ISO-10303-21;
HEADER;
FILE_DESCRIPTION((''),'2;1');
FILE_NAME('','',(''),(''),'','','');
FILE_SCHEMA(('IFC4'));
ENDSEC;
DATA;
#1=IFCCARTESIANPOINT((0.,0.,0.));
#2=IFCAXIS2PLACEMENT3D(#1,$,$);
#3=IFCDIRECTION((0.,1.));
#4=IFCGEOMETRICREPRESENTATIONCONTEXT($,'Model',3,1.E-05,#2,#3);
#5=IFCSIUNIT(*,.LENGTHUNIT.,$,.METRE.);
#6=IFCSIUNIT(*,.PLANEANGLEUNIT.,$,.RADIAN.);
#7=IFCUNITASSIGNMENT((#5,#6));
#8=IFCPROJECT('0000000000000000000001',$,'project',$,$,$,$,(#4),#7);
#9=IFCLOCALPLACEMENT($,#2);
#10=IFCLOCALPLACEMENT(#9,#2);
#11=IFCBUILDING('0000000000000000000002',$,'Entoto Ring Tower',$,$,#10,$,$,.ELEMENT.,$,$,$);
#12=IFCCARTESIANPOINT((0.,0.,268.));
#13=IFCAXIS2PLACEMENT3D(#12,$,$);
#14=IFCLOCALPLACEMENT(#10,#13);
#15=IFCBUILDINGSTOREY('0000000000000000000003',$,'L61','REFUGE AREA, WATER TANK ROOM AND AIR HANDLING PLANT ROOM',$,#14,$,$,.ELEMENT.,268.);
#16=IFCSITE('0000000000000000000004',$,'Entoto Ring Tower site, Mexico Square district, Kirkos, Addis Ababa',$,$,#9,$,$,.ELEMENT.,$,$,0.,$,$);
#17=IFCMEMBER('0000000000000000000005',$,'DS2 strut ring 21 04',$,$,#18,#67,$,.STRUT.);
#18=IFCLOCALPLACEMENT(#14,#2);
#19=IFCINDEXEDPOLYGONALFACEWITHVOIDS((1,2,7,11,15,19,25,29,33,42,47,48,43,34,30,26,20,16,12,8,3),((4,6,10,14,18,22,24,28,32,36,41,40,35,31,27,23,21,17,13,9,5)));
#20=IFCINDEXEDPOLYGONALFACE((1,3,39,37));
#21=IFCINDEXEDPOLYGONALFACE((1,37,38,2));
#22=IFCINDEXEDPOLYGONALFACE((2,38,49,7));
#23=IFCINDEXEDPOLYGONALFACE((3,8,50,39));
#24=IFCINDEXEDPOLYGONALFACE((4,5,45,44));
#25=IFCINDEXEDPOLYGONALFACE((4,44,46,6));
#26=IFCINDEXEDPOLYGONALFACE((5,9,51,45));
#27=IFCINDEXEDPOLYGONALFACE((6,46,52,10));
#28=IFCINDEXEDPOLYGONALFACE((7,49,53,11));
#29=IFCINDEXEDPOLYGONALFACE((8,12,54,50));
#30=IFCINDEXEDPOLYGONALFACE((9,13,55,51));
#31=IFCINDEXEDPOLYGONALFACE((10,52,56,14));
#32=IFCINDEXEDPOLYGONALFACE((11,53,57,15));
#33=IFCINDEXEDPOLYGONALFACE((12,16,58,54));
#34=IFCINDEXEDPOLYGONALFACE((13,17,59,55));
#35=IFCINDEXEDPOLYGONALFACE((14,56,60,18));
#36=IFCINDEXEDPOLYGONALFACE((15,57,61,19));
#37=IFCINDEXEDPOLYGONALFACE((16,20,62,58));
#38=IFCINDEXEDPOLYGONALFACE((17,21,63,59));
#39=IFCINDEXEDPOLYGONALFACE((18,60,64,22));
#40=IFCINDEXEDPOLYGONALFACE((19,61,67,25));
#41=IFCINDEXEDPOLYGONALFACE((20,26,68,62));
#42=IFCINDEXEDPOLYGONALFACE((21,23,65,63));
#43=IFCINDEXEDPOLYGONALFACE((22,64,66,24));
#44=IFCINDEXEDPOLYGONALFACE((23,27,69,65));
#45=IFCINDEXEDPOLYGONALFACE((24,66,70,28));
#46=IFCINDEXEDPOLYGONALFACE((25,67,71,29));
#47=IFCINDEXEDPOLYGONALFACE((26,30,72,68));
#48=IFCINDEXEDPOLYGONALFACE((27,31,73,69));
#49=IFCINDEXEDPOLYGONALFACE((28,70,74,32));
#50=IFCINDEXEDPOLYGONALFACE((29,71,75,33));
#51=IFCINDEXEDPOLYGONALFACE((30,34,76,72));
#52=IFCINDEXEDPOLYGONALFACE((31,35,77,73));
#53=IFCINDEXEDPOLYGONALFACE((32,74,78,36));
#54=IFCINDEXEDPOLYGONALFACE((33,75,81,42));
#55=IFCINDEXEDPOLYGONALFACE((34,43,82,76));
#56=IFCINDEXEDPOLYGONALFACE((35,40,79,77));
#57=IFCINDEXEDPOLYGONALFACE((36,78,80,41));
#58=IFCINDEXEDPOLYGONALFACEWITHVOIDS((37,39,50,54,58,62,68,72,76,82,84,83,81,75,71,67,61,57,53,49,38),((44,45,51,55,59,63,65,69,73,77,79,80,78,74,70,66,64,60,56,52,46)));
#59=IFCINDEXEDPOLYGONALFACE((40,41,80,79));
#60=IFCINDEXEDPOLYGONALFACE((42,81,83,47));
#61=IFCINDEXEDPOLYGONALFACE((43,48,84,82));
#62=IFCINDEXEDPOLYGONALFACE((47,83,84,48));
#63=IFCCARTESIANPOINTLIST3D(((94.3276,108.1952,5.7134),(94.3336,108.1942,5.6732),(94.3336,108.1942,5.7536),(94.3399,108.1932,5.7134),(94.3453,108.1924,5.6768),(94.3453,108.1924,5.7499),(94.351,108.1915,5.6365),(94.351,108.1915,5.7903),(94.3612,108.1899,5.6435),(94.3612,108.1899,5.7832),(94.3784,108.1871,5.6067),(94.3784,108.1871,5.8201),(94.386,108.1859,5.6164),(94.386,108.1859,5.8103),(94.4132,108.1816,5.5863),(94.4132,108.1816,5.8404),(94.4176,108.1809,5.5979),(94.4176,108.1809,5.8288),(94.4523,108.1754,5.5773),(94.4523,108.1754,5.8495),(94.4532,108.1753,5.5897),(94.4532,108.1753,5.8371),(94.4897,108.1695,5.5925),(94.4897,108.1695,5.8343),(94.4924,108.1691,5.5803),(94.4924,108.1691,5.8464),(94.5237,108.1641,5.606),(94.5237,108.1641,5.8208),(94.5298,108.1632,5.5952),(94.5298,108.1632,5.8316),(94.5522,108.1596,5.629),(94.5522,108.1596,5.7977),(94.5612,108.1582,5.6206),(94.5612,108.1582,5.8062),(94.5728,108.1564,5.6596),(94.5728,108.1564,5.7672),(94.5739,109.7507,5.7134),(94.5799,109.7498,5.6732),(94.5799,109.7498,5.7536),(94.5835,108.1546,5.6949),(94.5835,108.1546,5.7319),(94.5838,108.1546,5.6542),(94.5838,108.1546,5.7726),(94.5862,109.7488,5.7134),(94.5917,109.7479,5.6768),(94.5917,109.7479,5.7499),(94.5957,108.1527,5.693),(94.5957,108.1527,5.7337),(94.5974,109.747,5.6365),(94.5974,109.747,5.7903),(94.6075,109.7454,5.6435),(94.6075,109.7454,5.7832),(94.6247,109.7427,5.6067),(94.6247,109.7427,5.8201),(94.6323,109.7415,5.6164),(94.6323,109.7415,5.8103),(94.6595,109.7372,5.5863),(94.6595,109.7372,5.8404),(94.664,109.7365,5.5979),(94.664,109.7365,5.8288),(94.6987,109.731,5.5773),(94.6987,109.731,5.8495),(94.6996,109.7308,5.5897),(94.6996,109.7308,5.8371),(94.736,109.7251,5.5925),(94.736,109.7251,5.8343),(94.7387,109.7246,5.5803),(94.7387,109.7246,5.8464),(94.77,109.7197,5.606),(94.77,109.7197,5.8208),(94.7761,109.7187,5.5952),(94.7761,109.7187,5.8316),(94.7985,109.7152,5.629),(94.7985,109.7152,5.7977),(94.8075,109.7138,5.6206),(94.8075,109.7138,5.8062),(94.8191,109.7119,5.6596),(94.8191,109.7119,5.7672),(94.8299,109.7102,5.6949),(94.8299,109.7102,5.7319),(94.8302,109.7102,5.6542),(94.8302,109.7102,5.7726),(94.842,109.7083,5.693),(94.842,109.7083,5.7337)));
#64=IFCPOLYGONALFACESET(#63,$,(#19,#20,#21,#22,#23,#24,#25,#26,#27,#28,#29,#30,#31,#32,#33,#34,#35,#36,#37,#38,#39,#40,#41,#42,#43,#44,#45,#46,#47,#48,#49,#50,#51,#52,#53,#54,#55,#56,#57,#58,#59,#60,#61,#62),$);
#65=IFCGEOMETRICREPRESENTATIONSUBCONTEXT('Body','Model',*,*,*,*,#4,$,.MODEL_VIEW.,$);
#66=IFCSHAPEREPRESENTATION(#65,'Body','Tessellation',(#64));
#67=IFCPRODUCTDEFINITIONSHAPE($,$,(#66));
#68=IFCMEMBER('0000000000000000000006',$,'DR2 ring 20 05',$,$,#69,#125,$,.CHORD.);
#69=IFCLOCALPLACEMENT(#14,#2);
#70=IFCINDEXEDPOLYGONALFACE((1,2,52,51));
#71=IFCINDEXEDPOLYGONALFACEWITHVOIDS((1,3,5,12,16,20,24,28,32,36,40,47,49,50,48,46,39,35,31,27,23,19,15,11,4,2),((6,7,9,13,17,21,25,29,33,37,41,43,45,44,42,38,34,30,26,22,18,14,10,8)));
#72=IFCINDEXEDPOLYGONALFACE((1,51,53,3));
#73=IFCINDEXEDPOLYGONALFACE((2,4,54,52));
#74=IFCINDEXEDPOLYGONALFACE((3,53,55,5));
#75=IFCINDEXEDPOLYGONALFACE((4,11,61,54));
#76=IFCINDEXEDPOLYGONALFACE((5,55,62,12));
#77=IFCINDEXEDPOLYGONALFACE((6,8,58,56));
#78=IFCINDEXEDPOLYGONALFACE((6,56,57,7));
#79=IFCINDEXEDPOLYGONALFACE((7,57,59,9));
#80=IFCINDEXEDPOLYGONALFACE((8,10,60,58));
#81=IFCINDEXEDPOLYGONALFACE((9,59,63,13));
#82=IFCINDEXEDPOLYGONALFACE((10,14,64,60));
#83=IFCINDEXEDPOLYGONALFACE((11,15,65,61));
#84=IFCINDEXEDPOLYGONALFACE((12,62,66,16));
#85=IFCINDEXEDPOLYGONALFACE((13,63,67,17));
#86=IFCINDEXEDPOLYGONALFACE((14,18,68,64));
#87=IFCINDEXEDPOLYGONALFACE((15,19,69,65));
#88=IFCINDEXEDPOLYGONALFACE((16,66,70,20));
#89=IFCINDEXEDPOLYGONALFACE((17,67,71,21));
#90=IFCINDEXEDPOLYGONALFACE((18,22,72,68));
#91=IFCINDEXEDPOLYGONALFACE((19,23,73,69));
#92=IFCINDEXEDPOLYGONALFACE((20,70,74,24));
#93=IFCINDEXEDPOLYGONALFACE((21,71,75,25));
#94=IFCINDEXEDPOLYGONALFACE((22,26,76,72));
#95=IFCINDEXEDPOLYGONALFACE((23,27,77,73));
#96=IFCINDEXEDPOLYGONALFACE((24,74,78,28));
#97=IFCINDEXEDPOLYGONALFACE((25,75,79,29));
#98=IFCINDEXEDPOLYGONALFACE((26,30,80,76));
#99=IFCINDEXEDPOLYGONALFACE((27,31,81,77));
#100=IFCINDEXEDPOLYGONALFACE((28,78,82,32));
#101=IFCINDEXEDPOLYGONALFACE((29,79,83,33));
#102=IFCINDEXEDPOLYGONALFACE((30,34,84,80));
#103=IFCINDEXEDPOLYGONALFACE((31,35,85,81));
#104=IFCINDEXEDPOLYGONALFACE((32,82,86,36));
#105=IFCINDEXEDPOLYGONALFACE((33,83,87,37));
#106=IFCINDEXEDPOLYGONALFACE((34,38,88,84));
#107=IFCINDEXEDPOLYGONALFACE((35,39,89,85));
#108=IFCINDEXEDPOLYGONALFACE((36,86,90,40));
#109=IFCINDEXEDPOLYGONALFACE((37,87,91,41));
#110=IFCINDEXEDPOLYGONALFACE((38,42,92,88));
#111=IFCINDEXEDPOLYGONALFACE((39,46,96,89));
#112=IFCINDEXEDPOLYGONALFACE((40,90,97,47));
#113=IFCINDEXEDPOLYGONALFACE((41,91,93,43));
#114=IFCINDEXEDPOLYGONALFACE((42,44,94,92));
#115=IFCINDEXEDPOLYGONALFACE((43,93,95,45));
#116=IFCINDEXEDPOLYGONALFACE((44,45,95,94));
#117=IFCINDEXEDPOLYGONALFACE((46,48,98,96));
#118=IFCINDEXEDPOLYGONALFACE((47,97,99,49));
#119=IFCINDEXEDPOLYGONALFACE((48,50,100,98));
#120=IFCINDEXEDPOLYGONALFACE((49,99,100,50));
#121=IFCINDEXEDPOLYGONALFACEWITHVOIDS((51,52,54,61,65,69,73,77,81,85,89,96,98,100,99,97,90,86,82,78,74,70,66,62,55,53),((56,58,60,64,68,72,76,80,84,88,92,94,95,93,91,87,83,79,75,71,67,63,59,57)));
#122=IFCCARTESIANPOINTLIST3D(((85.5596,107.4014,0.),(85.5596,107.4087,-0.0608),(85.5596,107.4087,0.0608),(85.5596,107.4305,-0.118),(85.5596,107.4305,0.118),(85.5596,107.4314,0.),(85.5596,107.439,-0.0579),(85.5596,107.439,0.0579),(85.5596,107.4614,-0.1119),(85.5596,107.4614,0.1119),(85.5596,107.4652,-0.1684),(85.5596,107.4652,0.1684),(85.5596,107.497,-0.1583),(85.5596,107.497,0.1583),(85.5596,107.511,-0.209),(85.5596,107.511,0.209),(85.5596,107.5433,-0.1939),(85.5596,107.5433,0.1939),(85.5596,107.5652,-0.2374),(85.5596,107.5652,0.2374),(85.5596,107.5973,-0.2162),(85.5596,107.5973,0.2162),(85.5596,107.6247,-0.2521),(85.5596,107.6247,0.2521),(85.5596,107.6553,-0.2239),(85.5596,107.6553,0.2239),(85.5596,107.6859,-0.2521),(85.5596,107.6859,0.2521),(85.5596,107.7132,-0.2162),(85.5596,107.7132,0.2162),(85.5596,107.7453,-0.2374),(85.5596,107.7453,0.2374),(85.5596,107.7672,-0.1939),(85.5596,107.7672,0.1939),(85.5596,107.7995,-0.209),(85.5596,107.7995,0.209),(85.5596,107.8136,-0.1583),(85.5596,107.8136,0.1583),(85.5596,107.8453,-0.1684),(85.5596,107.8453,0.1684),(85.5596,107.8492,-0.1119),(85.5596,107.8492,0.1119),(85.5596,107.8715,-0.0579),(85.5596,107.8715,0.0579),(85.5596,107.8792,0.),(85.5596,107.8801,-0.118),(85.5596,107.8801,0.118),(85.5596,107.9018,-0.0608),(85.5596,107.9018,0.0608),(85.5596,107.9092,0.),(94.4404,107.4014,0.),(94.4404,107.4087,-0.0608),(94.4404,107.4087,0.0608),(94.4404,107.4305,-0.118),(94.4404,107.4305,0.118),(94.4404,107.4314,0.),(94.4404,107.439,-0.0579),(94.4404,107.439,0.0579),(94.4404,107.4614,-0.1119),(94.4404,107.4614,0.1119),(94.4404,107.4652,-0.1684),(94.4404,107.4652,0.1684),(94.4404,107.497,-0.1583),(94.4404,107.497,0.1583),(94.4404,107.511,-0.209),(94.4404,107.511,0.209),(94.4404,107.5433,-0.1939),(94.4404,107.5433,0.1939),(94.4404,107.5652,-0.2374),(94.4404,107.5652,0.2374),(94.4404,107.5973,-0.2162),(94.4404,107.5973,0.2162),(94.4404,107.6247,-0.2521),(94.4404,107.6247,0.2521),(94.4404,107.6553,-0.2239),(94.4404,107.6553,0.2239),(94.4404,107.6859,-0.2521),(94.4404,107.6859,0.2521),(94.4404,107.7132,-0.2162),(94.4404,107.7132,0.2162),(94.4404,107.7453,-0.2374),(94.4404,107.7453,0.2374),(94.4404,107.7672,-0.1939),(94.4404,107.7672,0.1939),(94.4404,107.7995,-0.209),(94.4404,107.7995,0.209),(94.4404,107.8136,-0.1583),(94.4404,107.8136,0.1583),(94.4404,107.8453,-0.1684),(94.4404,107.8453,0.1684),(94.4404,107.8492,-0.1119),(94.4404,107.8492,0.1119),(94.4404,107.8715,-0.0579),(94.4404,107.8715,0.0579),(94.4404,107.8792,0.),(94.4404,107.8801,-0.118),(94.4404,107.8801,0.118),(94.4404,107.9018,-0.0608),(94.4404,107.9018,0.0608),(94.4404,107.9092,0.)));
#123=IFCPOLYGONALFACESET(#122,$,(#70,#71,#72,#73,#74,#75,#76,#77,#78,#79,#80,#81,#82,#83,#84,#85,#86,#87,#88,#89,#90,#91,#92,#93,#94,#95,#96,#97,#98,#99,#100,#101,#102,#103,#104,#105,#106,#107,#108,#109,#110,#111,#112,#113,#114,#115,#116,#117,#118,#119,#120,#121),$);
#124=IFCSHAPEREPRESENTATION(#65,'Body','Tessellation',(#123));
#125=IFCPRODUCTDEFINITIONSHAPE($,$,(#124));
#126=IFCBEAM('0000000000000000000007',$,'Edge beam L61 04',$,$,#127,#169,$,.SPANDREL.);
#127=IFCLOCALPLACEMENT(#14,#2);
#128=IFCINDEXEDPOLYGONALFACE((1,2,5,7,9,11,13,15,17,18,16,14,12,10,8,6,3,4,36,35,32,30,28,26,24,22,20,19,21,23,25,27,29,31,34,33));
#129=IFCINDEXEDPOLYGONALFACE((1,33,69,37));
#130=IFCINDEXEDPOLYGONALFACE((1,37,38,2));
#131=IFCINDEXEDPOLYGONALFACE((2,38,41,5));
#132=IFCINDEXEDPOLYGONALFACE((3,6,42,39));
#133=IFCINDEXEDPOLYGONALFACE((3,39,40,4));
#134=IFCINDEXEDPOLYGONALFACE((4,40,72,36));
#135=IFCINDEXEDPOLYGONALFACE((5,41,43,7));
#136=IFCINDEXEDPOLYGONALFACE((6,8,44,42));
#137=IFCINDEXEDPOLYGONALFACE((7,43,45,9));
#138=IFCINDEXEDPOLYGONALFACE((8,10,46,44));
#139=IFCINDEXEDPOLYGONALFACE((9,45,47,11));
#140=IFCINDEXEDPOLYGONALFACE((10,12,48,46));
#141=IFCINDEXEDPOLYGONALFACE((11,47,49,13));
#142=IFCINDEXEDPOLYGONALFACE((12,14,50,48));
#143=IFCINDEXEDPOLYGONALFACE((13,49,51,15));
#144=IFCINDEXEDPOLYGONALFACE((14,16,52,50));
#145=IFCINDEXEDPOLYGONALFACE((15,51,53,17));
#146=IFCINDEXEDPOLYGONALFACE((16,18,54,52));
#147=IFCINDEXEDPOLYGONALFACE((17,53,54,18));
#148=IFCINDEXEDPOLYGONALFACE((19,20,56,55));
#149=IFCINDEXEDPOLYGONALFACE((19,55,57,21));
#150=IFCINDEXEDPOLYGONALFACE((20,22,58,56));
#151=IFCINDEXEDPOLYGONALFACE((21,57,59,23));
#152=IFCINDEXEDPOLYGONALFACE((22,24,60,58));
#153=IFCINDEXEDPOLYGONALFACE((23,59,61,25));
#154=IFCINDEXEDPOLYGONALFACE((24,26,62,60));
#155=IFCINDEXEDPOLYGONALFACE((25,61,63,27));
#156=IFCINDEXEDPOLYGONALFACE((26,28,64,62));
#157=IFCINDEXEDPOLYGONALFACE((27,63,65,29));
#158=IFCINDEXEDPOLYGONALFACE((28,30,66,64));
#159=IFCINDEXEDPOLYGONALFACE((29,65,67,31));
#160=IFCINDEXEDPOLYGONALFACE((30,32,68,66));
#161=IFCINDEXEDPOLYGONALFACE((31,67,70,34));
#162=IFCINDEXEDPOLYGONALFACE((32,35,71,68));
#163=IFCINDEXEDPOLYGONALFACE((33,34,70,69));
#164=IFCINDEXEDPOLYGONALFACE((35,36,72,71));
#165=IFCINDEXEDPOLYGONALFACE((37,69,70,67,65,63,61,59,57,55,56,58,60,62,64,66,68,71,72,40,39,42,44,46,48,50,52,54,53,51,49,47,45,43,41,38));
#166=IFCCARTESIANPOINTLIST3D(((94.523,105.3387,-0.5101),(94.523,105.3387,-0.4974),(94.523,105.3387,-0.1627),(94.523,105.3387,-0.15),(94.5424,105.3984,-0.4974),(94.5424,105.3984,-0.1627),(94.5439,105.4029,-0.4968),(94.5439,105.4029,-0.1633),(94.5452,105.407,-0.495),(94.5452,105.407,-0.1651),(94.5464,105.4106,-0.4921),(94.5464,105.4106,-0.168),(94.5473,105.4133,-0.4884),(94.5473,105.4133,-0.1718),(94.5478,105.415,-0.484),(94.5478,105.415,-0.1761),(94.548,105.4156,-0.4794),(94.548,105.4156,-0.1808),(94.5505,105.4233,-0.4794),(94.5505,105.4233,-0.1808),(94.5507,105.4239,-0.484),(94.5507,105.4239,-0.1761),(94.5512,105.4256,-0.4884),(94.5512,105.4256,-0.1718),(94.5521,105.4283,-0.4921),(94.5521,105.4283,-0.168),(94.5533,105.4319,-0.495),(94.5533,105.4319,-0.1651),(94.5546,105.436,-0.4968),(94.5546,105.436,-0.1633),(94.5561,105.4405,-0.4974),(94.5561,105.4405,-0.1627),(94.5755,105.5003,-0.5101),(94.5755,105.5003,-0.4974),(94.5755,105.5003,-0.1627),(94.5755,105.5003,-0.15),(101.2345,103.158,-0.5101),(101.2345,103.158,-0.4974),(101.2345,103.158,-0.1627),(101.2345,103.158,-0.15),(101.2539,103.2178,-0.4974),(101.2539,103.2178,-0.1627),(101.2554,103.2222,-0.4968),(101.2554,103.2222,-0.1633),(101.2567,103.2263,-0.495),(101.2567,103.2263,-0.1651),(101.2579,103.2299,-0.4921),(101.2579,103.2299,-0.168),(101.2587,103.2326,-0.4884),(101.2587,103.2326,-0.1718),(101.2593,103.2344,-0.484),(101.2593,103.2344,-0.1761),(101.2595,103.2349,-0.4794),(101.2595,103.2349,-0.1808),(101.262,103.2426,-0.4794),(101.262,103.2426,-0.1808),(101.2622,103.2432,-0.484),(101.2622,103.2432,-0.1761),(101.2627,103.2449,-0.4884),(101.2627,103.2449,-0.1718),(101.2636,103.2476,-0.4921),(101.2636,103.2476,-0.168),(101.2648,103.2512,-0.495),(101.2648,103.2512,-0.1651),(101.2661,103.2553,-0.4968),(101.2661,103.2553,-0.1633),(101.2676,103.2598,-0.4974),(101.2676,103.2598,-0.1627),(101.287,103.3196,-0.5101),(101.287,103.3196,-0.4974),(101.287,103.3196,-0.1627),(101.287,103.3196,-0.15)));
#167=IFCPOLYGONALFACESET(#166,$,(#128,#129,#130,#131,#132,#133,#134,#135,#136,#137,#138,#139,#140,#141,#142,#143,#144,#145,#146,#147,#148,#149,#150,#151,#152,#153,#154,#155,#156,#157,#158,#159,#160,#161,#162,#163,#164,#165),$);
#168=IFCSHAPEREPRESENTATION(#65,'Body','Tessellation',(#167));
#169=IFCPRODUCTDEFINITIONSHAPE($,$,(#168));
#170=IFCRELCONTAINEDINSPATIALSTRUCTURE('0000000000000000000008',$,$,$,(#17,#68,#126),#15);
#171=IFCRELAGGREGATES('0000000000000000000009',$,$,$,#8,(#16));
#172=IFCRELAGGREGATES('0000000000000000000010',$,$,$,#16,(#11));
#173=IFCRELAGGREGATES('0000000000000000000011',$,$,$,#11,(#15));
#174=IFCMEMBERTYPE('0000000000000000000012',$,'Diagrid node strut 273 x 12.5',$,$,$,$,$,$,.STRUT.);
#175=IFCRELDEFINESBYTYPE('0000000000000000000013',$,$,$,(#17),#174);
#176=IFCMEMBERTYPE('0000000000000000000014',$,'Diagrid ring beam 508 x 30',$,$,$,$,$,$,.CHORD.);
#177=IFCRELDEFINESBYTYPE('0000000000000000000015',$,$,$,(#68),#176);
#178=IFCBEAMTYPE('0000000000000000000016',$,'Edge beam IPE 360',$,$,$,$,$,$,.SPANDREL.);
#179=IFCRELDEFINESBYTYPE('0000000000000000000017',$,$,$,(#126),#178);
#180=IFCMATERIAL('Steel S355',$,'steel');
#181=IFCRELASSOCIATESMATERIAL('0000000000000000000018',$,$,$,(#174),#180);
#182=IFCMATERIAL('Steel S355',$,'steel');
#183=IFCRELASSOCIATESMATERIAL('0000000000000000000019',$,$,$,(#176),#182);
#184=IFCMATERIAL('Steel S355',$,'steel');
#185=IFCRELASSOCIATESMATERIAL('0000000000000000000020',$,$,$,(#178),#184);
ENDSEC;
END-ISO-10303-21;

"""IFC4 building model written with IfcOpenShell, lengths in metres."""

from ifc_helpers import new_model, si_unit, direction, frame, origin, origin_2d, place, context, subcontext, project, spatial, circle, hollow_circle, i_section, extrude, material, material_profile, profile_set, type_object, element, save


model = new_model("IFC4")

# Units and contexts
model_context = context("Model", 3, precision=1e-05, world=origin(), true_north=direction((0.0, 1.0)))
body_context = subcontext(model_context, "Body", "Model", "MODEL_VIEW")
ifc_project = project(units=[si_unit("LENGTHUNIT", "METRE"), si_unit("PLANEANGLEUNIT", "RADIAN")], contexts=[model_context])

# Site, building, storey
site_placement = place(None, origin())
site = spatial("IfcSite", under=ifc_project, at=site_placement, Name="Entoto Ring Tower site, Mexico Square district, Kirkos, Addis Ababa", CompositionType="ELEMENT", RefElevation=0.0)
building_placement = place(site_placement, origin())
building = spatial("IfcBuilding", under=site, at=building_placement, Name="Entoto Ring Tower", CompositionType="ELEMENT")
storey_placement = place(building_placement, frame((0.0, 0.0, 268.0)))
storey = spatial("IfcBuildingStorey", under=building, at=storey_placement, Name="L61", Description="REFUGE AREA, WATER TANK ROOM AND AIR HANDLING PLANT ROOM", CompositionType="ELEMENT", Elevation=268.0)

# Members
ifc_material_1 = material(Name="Steel S355", Category="steel")
ifc_material_profile_1 = material_profile(ifc_material_1, hollow_circle(Radius=0.1365, WallThickness=0.0125, at=origin_2d()), Name="CHS 273 x 12.5")
ifc_material_2 = material(Name="Concrete C60/75", Category="concrete")
ifc_material_profile_2 = material_profile(ifc_material_2, circle(Radius=0.124, at=origin_2d()), Name="Concrete C60/75 infill")
ifc_profile_set_1 = profile_set([ifc_material_profile_1, ifc_material_profile_2], Name="Steel S355")
member_type_1 = type_object("IfcMemberType", Name="Diagrid node strut 273 x 12.5", PredefinedType="STRUT", material=ifc_profile_set_1)
member_1_placement = place(storey_placement, frame((94.4624, 108.1738, 5.7134), z_axis=(0.1564, 0.987694, 0.0), x_axis=(-0.987694, 0.1564, 0.0)))
element("IfcMember", 1, at=member_1_placement, inside=storey, type_object=member_type_1, Name="DS2 strut ring 21 04", PredefinedType="STRUT", context=body_context, shape_type="SweptSolid", body=[
    extrude(hollow_circle(Radius=0.1365, WallThickness=0.0125, at=origin_2d()), origin(), (0.0, 0.0, 1.0), 1.575),
])
ifc_material_3 = material(Name="Steel S355", Category="steel")
ifc_material_profile_3 = material_profile(ifc_material_3, hollow_circle(Radius=0.2539, WallThickness=0.03, at=origin_2d()), Name="CHS 508 x 30")
ifc_material_4 = material(Name="Concrete C60/75", Category="concrete")
ifc_material_profile_4 = material_profile(ifc_material_4, circle(Radius=0.2241, at=origin_2d()), Name="Concrete C60/75 infill")
ifc_profile_set_2 = profile_set([ifc_material_profile_3, ifc_material_profile_4], Name="Steel S355")
member_type_2 = type_object("IfcMemberType", Name="Diagrid ring beam 508 x 30", PredefinedType="CHORD", material=ifc_profile_set_2)
member_2_placement = place(storey_placement, frame((94.4404, 107.6553, 0.0), z_axis=(-1.0, 0.0, 0.0), x_axis=(0.0, -1.0, 0.0)))
element("IfcMember", 2, at=member_2_placement, inside=storey, type_object=member_type_2, Name="DR2 ring 20 05", PredefinedType="CHORD", context=body_context, shape_type="SweptSolid", body=[
    extrude(hollow_circle(Radius=0.2539, WallThickness=0.03, at=origin_2d()), origin(), (0.0, 0.0, 1.0), 8.8809),
])

# Beam
ifc_material_5 = material(Name="Steel S355", Category="steel")
ifc_material_profile_5 = material_profile(ifc_material_5, i_section(OverallWidth=0.1699, OverallDepth=0.3601, WebThickness=0.0081, FlangeThickness=0.0127, FilletRadius=0.0181, at=origin_2d()), Name="IPE 360")
ifc_profile_set_3 = profile_set([ifc_material_profile_5], Name="Steel S355")
beam_type = type_object("IfcBeamType", Name="Edge beam IPE 360", PredefinedType="SPANDREL", material=ifc_profile_set_3)
beam_1_placement = place(storey_placement, frame((101.2607, 103.2388, -0.3301), z_axis=(-0.951057, 0.309016, 0.0), x_axis=(-0.309016, -0.951057, 0.0)))
element("IfcBeam", 3, at=beam_1_placement, inside=storey, type_object=beam_type, Name="Edge beam L61 04", PredefinedType="SPANDREL", context=body_context, shape_type="SweptSolid", body=[
    extrude(i_section(OverallWidth=0.1699, OverallDepth=0.3601, WebThickness=0.0081, FlangeThickness=0.0127, FilletRadius=0.0181, at=origin_2d()), origin(), (0.0, 0.0, 1.0), 7.0569),
])

save(model, "model.ifc")
